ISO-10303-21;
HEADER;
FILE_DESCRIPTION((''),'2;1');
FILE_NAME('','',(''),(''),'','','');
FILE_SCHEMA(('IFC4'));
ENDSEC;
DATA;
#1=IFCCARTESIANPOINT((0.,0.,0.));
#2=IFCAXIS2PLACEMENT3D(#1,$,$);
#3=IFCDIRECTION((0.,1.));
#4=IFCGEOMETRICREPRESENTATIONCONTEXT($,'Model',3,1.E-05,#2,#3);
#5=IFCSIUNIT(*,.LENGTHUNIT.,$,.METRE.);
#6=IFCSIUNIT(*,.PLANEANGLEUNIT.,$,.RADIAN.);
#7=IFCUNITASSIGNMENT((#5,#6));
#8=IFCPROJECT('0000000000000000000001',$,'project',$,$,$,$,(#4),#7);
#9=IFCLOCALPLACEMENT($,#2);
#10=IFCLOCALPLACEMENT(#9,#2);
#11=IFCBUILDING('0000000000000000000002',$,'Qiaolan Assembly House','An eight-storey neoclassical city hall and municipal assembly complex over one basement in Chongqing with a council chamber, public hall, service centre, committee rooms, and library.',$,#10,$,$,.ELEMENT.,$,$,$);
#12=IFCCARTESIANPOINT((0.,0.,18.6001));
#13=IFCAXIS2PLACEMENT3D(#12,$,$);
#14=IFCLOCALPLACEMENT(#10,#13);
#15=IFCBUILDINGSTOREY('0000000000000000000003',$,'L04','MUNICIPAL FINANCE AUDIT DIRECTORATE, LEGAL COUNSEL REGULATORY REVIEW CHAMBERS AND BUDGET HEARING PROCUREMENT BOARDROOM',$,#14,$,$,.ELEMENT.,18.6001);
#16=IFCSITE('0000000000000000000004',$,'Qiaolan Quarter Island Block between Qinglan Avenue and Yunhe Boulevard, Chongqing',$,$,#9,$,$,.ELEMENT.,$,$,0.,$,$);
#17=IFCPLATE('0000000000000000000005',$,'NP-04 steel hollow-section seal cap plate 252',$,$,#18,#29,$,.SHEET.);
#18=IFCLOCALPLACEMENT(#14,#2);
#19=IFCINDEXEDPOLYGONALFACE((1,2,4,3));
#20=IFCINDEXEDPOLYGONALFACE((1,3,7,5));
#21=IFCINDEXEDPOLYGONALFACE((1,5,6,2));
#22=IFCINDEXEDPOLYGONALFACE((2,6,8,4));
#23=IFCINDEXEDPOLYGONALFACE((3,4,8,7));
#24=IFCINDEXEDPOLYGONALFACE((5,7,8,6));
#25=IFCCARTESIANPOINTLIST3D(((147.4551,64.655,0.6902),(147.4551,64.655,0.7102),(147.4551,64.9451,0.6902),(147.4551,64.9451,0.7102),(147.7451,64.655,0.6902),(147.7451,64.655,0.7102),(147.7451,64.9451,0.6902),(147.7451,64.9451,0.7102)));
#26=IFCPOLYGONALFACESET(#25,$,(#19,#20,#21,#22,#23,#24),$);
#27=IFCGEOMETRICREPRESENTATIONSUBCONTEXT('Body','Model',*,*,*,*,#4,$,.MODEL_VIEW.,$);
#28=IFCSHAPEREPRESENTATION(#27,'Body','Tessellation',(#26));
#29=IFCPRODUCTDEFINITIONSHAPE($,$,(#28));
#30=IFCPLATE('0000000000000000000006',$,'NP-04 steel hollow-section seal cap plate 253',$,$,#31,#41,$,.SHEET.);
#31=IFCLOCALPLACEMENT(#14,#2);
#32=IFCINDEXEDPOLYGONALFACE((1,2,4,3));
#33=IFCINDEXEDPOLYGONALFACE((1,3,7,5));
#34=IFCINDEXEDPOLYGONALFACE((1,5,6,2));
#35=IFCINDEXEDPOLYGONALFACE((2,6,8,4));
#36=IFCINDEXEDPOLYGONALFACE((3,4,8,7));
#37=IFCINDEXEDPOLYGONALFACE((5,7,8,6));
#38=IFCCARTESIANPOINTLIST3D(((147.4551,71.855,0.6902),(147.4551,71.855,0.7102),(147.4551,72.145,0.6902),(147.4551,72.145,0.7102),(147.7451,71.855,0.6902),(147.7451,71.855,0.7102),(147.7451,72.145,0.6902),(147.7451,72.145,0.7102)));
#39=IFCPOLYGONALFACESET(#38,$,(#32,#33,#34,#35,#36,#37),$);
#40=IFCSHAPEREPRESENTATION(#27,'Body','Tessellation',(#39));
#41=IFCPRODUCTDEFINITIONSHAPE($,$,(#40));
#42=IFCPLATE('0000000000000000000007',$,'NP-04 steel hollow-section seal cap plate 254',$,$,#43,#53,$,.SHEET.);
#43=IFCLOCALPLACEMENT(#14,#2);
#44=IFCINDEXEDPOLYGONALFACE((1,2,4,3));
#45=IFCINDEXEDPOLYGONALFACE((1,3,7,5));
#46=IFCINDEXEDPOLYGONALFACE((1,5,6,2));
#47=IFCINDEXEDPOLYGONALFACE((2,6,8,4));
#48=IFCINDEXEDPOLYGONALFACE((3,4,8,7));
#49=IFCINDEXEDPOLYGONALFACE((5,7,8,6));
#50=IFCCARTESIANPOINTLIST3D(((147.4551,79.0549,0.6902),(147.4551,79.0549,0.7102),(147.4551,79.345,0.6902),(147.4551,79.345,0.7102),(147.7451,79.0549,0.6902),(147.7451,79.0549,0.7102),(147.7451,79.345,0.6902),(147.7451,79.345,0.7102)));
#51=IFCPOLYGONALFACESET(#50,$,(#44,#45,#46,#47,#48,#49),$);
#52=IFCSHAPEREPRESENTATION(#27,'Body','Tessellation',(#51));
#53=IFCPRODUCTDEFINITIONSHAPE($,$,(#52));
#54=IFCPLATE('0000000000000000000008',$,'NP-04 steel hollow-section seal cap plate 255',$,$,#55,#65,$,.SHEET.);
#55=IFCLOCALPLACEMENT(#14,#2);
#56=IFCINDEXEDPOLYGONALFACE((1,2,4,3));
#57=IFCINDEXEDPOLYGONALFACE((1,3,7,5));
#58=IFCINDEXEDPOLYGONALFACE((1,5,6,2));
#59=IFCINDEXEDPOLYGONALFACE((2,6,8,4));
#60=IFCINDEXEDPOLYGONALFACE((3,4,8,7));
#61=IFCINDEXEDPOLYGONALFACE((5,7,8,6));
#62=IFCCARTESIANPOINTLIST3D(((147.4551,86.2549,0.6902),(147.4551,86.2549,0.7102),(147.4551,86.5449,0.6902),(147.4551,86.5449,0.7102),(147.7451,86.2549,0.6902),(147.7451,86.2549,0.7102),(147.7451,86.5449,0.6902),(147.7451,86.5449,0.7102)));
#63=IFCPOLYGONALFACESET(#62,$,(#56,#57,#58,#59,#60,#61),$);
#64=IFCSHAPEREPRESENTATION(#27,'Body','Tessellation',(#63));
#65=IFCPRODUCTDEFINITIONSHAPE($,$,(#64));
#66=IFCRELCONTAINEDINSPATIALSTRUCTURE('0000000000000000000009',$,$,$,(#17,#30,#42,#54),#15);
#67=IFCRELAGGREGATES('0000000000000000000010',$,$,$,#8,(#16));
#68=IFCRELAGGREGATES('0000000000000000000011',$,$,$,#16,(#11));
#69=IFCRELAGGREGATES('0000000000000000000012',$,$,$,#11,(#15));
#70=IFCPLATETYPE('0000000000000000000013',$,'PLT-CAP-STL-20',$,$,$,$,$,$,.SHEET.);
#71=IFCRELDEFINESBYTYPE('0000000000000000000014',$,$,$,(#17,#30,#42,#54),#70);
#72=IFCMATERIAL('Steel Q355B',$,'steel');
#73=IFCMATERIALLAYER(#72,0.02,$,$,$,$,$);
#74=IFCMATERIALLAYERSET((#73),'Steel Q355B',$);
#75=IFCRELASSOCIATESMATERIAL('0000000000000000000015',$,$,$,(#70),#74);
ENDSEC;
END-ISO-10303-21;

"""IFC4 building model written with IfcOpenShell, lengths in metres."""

from ifc_helpers import new_model, si_unit, direction, frame, origin, origin_2d, place, context, subcontext, project, spatial, rectangle, extrude, material, layer, layer_set, type_object, element, save


model = new_model("IFC4")

# Units and contexts
model_context = context("Model", 3, precision=1e-05, world=origin(), true_north=direction((0.0, 1.0)))
body_context = subcontext(model_context, "Body", "Model", "MODEL_VIEW")
ifc_project = project(units=[si_unit("LENGTHUNIT", "METRE"), si_unit("PLANEANGLEUNIT", "RADIAN")], contexts=[model_context])

# Site, building, storey
site_placement = place(None, origin())
site = spatial("IfcSite", under=ifc_project, at=site_placement, Name="Qiaolan Quarter Island Block between Qinglan Avenue and Yunhe Boulevard, Chongqing", CompositionType="ELEMENT", RefElevation=0.0)
building_placement = place(site_placement, origin())
building = spatial("IfcBuilding", under=site, at=building_placement, Name="Qiaolan Assembly House", Description="An eight-storey neoclassical city hall and municipal assembly complex over one basement in Chongqing with a council chamber, public hall, service centre, committee rooms, and library.", CompositionType="ELEMENT")
storey_placement = place(building_placement, frame((0.0, 0.0, 18.6001)))
storey = spatial("IfcBuildingStorey", under=building, at=storey_placement, Name="L04", Description="MUNICIPAL FINANCE AUDIT DIRECTORATE, LEGAL COUNSEL REGULATORY REVIEW CHAMBERS AND BUDGET HEARING PROCUREMENT BOARDROOM", CompositionType="ELEMENT", Elevation=18.6001)

# Shared definitions
ifc_material = material(Name="Steel Q355B", Category="steel")

# Plates
ifc_layer = layer(ifc_material, 0.02)
ifc_layer_set = layer_set([ifc_layer], Name="Steel Q355B")
plate_type = type_object("IfcPlateType", Name="PLT-CAP-STL-20", PredefinedType="SHEET", material=ifc_layer_set)
for number, where, z_axis, x_axis, name in (
    (1, (147.6001, 64.8, 0.6902), (0.0, 0.0, 1.0), (1.0, 0.0, 0.0), "NP-04 steel hollow-section seal cap plate 252"),
    (2, (147.6001, 72.0, 0.6902), (0.0, 0.0, 1.0), (1.0, 0.0, 0.0), "NP-04 steel hollow-section seal cap plate 253"),
    (3, (147.6001, 79.2, 0.6902), (0.0, 0.0, 1.0), (1.0, 0.0, 0.0), "NP-04 steel hollow-section seal cap plate 254"),
    (4, (147.6001, 86.3999, 0.6902), (0.0, 0.0, 1.0), (1.0, 0.0, 0.0), "NP-04 steel hollow-section seal cap plate 255"),
):
    element("IfcPlate", number, at=place(storey_placement, frame(where, z_axis=z_axis, x_axis=x_axis)), inside=storey, type_object=plate_type, Name=name, PredefinedType="SHEET", context=body_context, shape_type="SweptSolid", body=[
        extrude(rectangle(XDim=0.29, YDim=0.29, at=origin_2d()), origin(), (0.0, 0.0, 1.0), 0.02),
    ])

save(model, "model.ifc")
